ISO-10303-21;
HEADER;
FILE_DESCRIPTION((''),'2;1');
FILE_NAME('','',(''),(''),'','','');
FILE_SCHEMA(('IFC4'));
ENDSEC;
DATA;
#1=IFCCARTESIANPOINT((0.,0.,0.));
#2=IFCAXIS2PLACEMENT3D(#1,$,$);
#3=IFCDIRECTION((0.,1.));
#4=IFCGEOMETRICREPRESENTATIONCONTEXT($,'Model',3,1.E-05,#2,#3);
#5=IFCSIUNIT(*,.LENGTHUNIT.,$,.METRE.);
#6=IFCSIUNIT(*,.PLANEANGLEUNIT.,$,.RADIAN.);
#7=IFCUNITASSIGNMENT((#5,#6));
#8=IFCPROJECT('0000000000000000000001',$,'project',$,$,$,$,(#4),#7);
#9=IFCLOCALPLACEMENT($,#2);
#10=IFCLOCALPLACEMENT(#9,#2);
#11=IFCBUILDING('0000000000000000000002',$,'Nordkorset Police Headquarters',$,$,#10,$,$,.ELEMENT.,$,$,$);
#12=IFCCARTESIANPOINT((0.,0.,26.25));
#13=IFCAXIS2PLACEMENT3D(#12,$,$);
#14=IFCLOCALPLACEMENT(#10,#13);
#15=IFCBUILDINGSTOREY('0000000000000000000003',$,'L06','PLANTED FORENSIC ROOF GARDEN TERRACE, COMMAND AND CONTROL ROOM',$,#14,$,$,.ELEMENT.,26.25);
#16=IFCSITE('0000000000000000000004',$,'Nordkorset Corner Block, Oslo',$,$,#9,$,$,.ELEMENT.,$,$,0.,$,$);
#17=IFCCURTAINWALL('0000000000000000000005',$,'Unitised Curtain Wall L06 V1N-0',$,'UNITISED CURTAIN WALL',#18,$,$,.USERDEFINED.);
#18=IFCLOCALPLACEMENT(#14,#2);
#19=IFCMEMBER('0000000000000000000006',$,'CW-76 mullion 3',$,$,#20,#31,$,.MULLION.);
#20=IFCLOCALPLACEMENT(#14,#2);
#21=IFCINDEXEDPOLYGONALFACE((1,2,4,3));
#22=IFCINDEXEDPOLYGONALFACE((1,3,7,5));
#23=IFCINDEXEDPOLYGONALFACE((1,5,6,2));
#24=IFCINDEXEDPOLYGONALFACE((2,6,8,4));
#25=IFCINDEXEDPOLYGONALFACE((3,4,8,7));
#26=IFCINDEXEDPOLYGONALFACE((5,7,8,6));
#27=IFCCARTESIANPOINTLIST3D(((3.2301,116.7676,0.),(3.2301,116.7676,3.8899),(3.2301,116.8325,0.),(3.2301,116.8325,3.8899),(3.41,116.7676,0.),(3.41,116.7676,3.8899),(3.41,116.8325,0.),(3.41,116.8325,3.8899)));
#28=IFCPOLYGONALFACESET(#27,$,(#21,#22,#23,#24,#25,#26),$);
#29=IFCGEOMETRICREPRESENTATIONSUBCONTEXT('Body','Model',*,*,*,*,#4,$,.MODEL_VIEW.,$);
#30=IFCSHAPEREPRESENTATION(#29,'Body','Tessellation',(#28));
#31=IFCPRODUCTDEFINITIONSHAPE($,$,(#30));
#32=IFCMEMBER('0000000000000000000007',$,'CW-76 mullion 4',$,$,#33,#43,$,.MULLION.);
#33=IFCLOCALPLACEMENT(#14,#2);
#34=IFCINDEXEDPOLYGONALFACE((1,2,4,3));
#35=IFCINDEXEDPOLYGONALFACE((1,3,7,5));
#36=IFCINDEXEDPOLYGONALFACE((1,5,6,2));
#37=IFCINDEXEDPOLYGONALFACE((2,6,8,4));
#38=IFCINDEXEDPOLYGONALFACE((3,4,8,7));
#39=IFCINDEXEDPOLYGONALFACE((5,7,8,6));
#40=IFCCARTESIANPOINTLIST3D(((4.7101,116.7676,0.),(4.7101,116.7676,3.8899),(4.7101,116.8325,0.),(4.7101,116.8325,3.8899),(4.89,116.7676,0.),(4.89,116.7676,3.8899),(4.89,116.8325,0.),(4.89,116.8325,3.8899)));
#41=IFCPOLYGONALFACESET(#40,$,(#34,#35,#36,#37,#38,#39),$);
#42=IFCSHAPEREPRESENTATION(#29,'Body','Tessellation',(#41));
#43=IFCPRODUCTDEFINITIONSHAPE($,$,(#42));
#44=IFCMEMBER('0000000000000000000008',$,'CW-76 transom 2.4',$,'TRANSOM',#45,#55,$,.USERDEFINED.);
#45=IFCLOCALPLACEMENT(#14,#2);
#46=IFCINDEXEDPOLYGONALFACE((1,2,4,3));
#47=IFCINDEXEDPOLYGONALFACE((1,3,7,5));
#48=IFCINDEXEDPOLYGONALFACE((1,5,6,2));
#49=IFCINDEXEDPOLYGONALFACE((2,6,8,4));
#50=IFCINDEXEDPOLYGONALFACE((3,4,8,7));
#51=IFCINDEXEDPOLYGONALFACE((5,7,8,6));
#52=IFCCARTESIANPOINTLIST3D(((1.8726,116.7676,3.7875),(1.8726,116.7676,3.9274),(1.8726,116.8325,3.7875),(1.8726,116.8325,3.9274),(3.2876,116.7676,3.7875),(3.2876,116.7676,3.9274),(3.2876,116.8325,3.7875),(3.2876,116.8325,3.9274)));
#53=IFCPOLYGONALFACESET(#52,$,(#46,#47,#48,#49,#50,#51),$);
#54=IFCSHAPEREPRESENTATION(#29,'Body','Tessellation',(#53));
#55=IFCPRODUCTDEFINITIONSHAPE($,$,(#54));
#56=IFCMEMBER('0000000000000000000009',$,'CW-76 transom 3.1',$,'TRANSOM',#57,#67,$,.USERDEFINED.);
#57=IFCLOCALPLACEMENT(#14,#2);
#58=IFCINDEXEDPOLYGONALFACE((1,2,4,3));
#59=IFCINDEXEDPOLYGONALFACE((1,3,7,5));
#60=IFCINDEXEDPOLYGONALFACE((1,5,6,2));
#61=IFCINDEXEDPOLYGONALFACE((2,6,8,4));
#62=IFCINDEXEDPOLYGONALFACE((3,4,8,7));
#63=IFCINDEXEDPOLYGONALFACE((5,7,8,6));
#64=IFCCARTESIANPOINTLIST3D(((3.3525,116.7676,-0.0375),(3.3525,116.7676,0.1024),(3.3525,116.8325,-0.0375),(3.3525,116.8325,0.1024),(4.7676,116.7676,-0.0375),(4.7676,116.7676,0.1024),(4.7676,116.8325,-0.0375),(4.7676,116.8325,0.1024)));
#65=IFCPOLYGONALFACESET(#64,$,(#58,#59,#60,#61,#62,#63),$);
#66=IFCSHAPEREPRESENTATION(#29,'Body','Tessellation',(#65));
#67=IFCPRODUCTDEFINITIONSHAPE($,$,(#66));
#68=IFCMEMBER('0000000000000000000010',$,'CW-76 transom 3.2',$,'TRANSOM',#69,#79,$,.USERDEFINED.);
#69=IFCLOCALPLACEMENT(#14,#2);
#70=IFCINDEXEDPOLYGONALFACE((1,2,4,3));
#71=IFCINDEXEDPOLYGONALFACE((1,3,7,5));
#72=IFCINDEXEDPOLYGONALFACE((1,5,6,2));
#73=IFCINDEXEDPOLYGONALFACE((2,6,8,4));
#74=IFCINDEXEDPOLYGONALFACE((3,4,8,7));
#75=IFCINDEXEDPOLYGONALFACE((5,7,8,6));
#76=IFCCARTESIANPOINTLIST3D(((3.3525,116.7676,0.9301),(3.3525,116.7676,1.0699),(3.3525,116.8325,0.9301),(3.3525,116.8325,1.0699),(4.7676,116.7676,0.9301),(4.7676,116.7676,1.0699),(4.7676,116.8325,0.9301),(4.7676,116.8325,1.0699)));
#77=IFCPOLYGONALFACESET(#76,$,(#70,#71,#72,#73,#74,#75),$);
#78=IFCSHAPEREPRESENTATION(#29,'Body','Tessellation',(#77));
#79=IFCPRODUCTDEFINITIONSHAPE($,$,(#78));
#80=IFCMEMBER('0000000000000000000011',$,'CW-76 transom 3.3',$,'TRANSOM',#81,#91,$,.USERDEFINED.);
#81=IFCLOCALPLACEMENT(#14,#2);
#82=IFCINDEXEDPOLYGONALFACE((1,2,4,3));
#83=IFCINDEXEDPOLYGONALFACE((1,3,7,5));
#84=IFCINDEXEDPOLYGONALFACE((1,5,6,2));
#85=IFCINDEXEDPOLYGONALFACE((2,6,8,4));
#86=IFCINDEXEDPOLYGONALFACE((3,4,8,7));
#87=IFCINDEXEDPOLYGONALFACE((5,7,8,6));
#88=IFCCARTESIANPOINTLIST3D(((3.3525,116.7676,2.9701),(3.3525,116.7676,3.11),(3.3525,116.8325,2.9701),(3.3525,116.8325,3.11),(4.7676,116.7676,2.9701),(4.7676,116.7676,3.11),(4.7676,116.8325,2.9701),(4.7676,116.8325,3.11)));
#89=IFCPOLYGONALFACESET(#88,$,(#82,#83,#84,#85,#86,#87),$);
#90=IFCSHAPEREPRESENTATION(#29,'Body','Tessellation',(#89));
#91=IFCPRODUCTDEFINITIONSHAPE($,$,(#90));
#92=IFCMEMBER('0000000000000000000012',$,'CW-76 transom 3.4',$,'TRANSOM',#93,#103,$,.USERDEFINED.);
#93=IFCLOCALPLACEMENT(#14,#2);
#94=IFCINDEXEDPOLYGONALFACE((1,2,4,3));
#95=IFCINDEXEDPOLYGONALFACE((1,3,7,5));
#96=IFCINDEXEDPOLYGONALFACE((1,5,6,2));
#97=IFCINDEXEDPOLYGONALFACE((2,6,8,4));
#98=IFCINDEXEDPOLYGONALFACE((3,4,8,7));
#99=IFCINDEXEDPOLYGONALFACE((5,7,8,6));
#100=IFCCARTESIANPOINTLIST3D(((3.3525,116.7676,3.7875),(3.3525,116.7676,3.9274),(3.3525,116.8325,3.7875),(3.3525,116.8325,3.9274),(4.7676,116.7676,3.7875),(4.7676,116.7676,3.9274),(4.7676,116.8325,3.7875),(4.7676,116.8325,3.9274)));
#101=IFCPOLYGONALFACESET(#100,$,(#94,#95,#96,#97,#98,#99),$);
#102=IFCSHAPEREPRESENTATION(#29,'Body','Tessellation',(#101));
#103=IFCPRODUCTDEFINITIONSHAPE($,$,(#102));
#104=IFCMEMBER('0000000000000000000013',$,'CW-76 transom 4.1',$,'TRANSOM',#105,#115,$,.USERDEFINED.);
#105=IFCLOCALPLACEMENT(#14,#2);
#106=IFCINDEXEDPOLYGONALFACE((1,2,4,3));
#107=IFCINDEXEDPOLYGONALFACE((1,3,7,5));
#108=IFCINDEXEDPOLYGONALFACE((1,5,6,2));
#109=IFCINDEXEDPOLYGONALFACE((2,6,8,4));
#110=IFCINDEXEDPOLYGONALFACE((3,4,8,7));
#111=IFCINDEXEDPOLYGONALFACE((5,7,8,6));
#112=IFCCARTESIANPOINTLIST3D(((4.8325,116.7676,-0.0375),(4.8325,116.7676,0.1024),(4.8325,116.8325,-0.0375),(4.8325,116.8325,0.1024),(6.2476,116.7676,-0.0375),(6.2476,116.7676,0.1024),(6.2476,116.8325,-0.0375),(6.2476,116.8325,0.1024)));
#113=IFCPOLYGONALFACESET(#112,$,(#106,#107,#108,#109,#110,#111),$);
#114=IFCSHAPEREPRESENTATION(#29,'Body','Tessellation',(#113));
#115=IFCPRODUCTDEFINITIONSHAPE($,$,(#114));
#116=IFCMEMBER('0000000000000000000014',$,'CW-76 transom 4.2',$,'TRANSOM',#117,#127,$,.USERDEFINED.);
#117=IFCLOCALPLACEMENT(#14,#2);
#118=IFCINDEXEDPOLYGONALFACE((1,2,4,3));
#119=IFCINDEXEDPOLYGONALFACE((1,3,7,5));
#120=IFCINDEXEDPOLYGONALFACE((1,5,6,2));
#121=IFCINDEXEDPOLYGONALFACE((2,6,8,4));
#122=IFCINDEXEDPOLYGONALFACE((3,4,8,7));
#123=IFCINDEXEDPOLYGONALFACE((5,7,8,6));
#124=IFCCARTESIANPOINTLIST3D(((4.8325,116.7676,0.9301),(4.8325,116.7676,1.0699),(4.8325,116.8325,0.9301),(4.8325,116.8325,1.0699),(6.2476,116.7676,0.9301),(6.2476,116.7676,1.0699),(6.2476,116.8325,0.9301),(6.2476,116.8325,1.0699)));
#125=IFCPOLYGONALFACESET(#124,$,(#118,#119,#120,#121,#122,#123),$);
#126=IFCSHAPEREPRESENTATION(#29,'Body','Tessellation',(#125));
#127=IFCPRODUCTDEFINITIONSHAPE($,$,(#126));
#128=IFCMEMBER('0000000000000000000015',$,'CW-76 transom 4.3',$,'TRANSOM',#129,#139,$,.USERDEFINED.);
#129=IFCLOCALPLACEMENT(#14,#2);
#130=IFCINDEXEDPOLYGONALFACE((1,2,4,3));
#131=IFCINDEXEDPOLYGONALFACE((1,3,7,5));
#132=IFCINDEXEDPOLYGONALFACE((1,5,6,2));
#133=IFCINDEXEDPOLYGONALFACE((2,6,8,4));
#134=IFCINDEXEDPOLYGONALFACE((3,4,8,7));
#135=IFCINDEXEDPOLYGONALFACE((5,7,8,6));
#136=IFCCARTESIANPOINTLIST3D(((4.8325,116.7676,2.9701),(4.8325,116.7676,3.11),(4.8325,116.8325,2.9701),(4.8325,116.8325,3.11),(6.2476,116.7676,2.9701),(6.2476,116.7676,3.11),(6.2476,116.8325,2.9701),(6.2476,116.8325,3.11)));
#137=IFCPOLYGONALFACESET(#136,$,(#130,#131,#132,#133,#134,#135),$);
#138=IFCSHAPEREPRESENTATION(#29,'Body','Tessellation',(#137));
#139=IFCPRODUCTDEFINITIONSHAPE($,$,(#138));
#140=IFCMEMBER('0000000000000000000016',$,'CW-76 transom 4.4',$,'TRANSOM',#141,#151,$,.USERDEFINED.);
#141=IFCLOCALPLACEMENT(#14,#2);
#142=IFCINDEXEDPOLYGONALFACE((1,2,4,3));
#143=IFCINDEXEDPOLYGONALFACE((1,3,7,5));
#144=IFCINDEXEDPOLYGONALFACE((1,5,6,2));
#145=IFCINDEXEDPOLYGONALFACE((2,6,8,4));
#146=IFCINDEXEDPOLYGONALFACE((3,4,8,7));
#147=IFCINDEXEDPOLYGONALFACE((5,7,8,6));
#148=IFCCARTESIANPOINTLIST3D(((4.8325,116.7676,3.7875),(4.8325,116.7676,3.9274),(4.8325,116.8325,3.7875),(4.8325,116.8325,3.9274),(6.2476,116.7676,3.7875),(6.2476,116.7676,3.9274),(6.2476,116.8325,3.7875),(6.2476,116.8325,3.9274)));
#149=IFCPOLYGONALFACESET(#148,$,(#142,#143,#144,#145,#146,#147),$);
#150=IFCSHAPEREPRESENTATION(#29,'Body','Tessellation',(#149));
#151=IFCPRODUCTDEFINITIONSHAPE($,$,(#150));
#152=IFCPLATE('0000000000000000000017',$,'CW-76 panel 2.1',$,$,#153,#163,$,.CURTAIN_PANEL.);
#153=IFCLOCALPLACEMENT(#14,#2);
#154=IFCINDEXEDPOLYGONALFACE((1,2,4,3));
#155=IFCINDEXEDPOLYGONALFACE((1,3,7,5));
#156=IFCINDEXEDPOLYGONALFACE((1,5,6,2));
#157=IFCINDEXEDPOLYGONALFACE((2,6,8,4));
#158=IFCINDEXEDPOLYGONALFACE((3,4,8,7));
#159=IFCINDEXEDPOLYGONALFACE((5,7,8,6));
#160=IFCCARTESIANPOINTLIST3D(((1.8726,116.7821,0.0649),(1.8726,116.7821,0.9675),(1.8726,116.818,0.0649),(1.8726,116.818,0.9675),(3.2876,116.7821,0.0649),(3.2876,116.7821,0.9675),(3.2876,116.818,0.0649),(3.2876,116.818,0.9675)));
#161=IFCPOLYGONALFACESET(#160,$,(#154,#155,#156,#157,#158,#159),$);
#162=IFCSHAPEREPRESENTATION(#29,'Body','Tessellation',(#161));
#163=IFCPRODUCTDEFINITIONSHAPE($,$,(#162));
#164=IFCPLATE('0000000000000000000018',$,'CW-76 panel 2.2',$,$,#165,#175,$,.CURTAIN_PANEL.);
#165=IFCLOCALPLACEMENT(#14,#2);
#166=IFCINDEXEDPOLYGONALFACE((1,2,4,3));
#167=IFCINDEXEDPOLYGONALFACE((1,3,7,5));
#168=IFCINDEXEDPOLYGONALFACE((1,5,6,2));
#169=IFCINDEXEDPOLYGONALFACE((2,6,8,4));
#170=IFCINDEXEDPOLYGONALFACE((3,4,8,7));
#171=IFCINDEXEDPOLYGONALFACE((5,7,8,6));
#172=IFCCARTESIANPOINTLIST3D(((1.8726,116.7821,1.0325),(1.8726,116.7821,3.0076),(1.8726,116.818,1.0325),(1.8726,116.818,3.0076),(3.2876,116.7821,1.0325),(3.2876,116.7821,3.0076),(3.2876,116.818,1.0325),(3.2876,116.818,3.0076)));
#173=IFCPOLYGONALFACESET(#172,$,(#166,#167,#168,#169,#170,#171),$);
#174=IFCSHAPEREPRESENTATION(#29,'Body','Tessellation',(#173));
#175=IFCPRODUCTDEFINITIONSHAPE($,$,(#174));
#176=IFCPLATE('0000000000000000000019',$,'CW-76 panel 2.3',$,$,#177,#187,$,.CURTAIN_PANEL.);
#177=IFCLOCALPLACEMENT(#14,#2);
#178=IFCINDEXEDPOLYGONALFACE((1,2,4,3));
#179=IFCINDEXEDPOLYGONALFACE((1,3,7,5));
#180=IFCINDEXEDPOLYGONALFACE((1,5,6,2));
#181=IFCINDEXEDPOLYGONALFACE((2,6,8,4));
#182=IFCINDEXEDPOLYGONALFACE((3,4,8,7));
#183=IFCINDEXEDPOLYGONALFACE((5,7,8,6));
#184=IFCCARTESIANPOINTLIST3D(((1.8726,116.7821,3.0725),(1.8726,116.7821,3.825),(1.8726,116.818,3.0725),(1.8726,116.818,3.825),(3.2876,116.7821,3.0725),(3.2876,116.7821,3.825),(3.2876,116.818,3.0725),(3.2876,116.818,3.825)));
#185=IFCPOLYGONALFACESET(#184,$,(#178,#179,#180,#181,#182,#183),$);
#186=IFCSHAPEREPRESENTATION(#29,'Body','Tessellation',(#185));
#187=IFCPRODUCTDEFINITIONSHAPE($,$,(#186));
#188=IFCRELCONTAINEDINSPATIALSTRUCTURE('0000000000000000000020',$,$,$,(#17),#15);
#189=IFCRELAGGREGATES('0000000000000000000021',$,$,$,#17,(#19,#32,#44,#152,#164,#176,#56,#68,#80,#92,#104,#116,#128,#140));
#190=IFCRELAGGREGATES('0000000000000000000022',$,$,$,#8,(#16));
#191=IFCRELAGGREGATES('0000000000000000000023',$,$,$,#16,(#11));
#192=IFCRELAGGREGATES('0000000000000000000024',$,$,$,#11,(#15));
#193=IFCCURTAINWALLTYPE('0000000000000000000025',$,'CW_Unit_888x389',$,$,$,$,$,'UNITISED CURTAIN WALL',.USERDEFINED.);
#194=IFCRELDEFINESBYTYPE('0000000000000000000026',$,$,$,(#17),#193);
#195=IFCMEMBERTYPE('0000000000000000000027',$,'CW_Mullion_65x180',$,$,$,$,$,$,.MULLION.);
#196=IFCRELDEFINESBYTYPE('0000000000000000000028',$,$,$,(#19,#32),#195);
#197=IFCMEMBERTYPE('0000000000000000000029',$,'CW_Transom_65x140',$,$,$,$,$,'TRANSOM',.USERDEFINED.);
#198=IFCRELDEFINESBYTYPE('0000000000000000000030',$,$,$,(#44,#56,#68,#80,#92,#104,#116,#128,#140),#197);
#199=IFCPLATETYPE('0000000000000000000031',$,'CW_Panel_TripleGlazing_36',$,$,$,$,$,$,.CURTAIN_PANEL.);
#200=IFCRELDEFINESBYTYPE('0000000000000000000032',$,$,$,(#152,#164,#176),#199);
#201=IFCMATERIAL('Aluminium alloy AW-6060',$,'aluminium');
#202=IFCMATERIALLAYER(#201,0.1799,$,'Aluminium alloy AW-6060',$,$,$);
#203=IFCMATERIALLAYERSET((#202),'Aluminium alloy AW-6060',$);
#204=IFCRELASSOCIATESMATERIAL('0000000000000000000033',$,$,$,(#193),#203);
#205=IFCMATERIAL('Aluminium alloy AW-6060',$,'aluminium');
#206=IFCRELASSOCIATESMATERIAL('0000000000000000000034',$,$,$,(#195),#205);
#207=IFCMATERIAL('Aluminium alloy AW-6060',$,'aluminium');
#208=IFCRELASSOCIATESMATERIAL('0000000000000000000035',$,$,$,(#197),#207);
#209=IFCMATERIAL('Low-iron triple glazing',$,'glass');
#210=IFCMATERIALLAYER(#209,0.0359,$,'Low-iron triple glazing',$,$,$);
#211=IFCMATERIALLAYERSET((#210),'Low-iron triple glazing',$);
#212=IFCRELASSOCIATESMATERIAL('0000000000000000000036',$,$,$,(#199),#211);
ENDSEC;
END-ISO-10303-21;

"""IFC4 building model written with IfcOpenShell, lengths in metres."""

from ifc_helpers import new_model, si_unit, direction, frame, origin, origin_2d, place, context, subcontext, project, spatial, rectangle, extrude, material, layer, layer_set, material_profile, profile_set, type_object, element, aggregate, save


model = new_model("IFC4")

# Units and contexts
model_context = context("Model", 3, precision=1e-05, world=origin(), true_north=direction((0.0, 1.0)))
body_context = subcontext(model_context, "Body", "Model", "MODEL_VIEW")
ifc_project = project(units=[si_unit("LENGTHUNIT", "METRE"), si_unit("PLANEANGLEUNIT", "RADIAN")], contexts=[model_context])

# Site, building, storey
site_placement = place(None, origin())
site = spatial("IfcSite", under=ifc_project, at=site_placement, Name="Nordkorset Corner Block, Oslo", CompositionType="ELEMENT", RefElevation=0.0)
building_placement = place(site_placement, origin())
building = spatial("IfcBuilding", under=site, at=building_placement, Name="Nordkorset Police Headquarters", CompositionType="ELEMENT")
storey_placement = place(building_placement, frame((0.0, 0.0, 26.25)))
storey = spatial("IfcBuildingStorey", under=building, at=storey_placement, Name="L06", Description="PLANTED FORENSIC ROOF GARDEN TERRACE, COMMAND AND CONTROL ROOM", CompositionType="ELEMENT", Elevation=26.25)

# Curtain wall, members, plates
ifc_material_1 = material(Name="Aluminium alloy AW-6060", Category="aluminium")
ifc_layer_1 = layer(ifc_material_1, 0.1799, Name="Aluminium alloy AW-6060")
ifc_layer_set_1 = layer_set([ifc_layer_1], Name="Aluminium alloy AW-6060")
curtain_wall_type = type_object("IfcCurtainWallType", Name="CW_Unit_888x389", ElementType="UNITISED CURTAIN WALL", PredefinedType="USERDEFINED", material=ifc_layer_set_1)
curtain_wall_placement = place(storey_placement, origin())
curtain_wall = element("IfcCurtainWall", 1, at=curtain_wall_placement, inside=storey, type_object=curtain_wall_type, Name="Unitised Curtain Wall L06 V1N-0", ObjectType="UNITISED CURTAIN WALL", PredefinedType="USERDEFINED")
ifc_material_2 = material(Name="Aluminium alloy AW-6060", Category="aluminium")
ifc_material_profile_1 = material_profile(ifc_material_2, rectangle(XDim=0.0649, YDim=0.1799, at=origin_2d()), Name="ALU MULL 65x180")
ifc_profile_set_1 = profile_set([ifc_material_profile_1], Name="Aluminium alloy AW-6060")
member_type_1 = type_object("IfcMemberType", Name="CW_Mullion_65x180", PredefinedType="MULLION", material=ifc_profile_set_1)
member_1_placement = place(storey_placement, frame((3.3201, 116.8, 0.0), z_axis=(0.0, 0.0, 1.0), x_axis=(0.0, 1.0, 0.0)))
member_1 = element("IfcMember", 2, at=member_1_placement, type_object=member_type_1, Name="CW-76 mullion 3", PredefinedType="MULLION", context=body_context, shape_type="SweptSolid", body=[
    extrude(rectangle(XDim=0.0649, YDim=0.1799, at=origin_2d()), origin(), (0.0, 0.0, 1.0), 3.8899),
])
member_2_placement = place(storey_placement, frame((4.8, 116.8, 0.0), z_axis=(0.0, 0.0, 1.0), x_axis=(0.0, 1.0, 0.0)))
member_2 = element("IfcMember", 3, at=member_2_placement, type_object=member_type_1, Name="CW-76 mullion 4", PredefinedType="MULLION", context=body_context, shape_type="SweptSolid", body=[
    extrude(rectangle(XDim=0.0649, YDim=0.1799, at=origin_2d()), origin(), (0.0, 0.0, 1.0), 3.8899),
])
ifc_material_3 = material(Name="Aluminium alloy AW-6060", Category="aluminium")
ifc_material_profile_2 = material_profile(ifc_material_3, rectangle(XDim=0.0649, YDim=0.1399, at=origin_2d()), Name="ALU TRAN 65x140")
ifc_profile_set_2 = profile_set([ifc_material_profile_2], Name="Aluminium alloy AW-6060")
member_type_2 = type_object("IfcMemberType", Name="CW_Transom_65x140", ElementType="TRANSOM", PredefinedType="USERDEFINED", material=ifc_profile_set_2)
member_3_placement = place(storey_placement, frame((1.8726, 116.8, 3.8574), z_axis=(1.0, 0.0, 0.0), x_axis=(0.0, 1.0, 0.0)))
member_3 = element("IfcMember", 4, at=member_3_placement, type_object=member_type_2, Name="CW-76 transom 2.4", ObjectType="TRANSOM", PredefinedType="USERDEFINED", context=body_context, shape_type="SweptSolid", body=[
    extrude(rectangle(XDim=0.0649, YDim=0.1399, at=origin_2d()), origin(), (0.0, 0.0, 1.0), 1.415),
])
member_4_placement = place(storey_placement, frame((3.3525, 116.8, 0.0325), z_axis=(1.0, 0.0, 0.0), x_axis=(0.0, 1.0, 0.0)))
member_4 = element("IfcMember", 5, at=member_4_placement, type_object=member_type_2, Name="CW-76 transom 3.1", ObjectType="TRANSOM", PredefinedType="USERDEFINED", context=body_context, shape_type="SweptSolid", body=[
    extrude(rectangle(XDim=0.0649, YDim=0.1399, at=origin_2d()), origin(), (0.0, 0.0, 1.0), 1.415),
])
member_5_placement = place(storey_placement, frame((3.3525, 116.8, 1.0), z_axis=(1.0, 0.0, 0.0), x_axis=(0.0, 1.0, 0.0)))
member_5 = element("IfcMember", 6, at=member_5_placement, type_object=member_type_2, Name="CW-76 transom 3.2", ObjectType="TRANSOM", PredefinedType="USERDEFINED", context=body_context, shape_type="SweptSolid", body=[
    extrude(rectangle(XDim=0.0649, YDim=0.1399, at=origin_2d()), origin(), (0.0, 0.0, 1.0), 1.415),
])
member_6_placement = place(storey_placement, frame((3.3525, 116.8, 3.04), z_axis=(1.0, 0.0, 0.0), x_axis=(0.0, 1.0, 0.0)))
member_6 = element("IfcMember", 7, at=member_6_placement, type_object=member_type_2, Name="CW-76 transom 3.3", ObjectType="TRANSOM", PredefinedType="USERDEFINED", context=body_context, shape_type="SweptSolid", body=[
    extrude(rectangle(XDim=0.0649, YDim=0.1399, at=origin_2d()), origin(), (0.0, 0.0, 1.0), 1.415),
])
member_7_placement = place(storey_placement, frame((3.3525, 116.8, 3.8574), z_axis=(1.0, 0.0, 0.0), x_axis=(0.0, 1.0, 0.0)))
member_7 = element("IfcMember", 8, at=member_7_placement, type_object=member_type_2, Name="CW-76 transom 3.4", ObjectType="TRANSOM", PredefinedType="USERDEFINED", context=body_context, shape_type="SweptSolid", body=[
    extrude(rectangle(XDim=0.0649, YDim=0.1399, at=origin_2d()), origin(), (0.0, 0.0, 1.0), 1.415),
])
member_8_placement = place(storey_placement, frame((4.8325, 116.8, 0.0325), z_axis=(1.0, 0.0, 0.0), x_axis=(0.0, 1.0, 0.0)))
member_8 = element("IfcMember", 9, at=member_8_placement, type_object=member_type_2, Name="CW-76 transom 4.1", ObjectType="TRANSOM", PredefinedType="USERDEFINED", context=body_context, shape_type="SweptSolid", body=[
    extrude(rectangle(XDim=0.0649, YDim=0.1399, at=origin_2d()), origin(), (0.0, 0.0, 1.0), 1.415),
])
member_9_placement = place(storey_placement, frame((4.8325, 116.8, 1.0), z_axis=(1.0, 0.0, 0.0), x_axis=(0.0, 1.0, 0.0)))
member_9 = element("IfcMember", 10, at=member_9_placement, type_object=member_type_2, Name="CW-76 transom 4.2", ObjectType="TRANSOM", PredefinedType="USERDEFINED", context=body_context, shape_type="SweptSolid", body=[
    extrude(rectangle(XDim=0.0649, YDim=0.1399, at=origin_2d()), origin(), (0.0, 0.0, 1.0), 1.415),
])
member_10_placement = place(storey_placement, frame((4.8325, 116.8, 3.04), z_axis=(1.0, 0.0, 0.0), x_axis=(0.0, 1.0, 0.0)))
member_10 = element("IfcMember", 11, at=member_10_placement, type_object=member_type_2, Name="CW-76 transom 4.3", ObjectType="TRANSOM", PredefinedType="USERDEFINED", context=body_context, shape_type="SweptSolid", body=[
    extrude(rectangle(XDim=0.0649, YDim=0.1399, at=origin_2d()), origin(), (0.0, 0.0, 1.0), 1.415),
])
member_11_placement = place(storey_placement, frame((4.8325, 116.8, 3.8574), z_axis=(1.0, 0.0, 0.0), x_axis=(0.0, 1.0, 0.0)))
member_11 = element("IfcMember", 12, at=member_11_placement, type_object=member_type_2, Name="CW-76 transom 4.4", ObjectType="TRANSOM", PredefinedType="USERDEFINED", context=body_context, shape_type="SweptSolid", body=[
    extrude(rectangle(XDim=0.0649, YDim=0.1399, at=origin_2d()), origin(), (0.0, 0.0, 1.0), 1.415),
])
ifc_material_4 = material(Name="Low-iron triple glazing", Category="glass")
ifc_layer_2 = layer(ifc_material_4, 0.0359, Name="Low-iron triple glazing")
ifc_layer_set_2 = layer_set([ifc_layer_2], Name="Low-iron triple glazing")
plate_type = type_object("IfcPlateType", Name="CW_Panel_TripleGlazing_36", PredefinedType="CURTAIN_PANEL", material=ifc_layer_set_2)
plate_1_placement = place(storey_placement, frame((2.5801, 116.8, 0.0649), z_axis=(0.0, 0.0, 1.0), x_axis=(1.0, 0.0, 0.0)))
plate_1 = element("IfcPlate", 13, at=plate_1_placement, type_object=plate_type, Name="CW-76 panel 2.1", PredefinedType="CURTAIN_PANEL", context=body_context, shape_type="SweptSolid", body=[
    extrude(rectangle(XDim=1.415, YDim=0.0359, at=origin_2d()), origin(), (0.0, 0.0, 1.0), 0.9026),
])
plate_2_placement = place(storey_placement, frame((2.5801, 116.8, 1.0325), z_axis=(0.0, 0.0, 1.0), x_axis=(1.0, 0.0, 0.0)))
plate_2 = element("IfcPlate", 14, at=plate_2_placement, type_object=plate_type, Name="CW-76 panel 2.2", PredefinedType="CURTAIN_PANEL", context=body_context, shape_type="SweptSolid", body=[
    extrude(rectangle(XDim=1.415, YDim=0.0359, at=origin_2d()), origin(), (0.0, 0.0, 1.0), 1.9751),
])
plate_3_placement = place(storey_placement, frame((2.5801, 116.8, 3.0725), z_axis=(0.0, 0.0, 1.0), x_axis=(1.0, 0.0, 0.0)))
plate_3 = element("IfcPlate", 15, at=plate_3_placement, type_object=plate_type, Name="CW-76 panel 2.3", PredefinedType="CURTAIN_PANEL", context=body_context, shape_type="SweptSolid", body=[
    extrude(rectangle(XDim=1.415, YDim=0.0359, at=origin_2d()), origin(), (0.0, 0.0, 1.0), 0.7524),
])
aggregate(curtain_wall, [member_1, member_2, member_3, plate_1, plate_2, plate_3, member_4, member_5, member_6, member_7, member_8, member_9, member_10, member_11])

save(model, "model.ifc")
